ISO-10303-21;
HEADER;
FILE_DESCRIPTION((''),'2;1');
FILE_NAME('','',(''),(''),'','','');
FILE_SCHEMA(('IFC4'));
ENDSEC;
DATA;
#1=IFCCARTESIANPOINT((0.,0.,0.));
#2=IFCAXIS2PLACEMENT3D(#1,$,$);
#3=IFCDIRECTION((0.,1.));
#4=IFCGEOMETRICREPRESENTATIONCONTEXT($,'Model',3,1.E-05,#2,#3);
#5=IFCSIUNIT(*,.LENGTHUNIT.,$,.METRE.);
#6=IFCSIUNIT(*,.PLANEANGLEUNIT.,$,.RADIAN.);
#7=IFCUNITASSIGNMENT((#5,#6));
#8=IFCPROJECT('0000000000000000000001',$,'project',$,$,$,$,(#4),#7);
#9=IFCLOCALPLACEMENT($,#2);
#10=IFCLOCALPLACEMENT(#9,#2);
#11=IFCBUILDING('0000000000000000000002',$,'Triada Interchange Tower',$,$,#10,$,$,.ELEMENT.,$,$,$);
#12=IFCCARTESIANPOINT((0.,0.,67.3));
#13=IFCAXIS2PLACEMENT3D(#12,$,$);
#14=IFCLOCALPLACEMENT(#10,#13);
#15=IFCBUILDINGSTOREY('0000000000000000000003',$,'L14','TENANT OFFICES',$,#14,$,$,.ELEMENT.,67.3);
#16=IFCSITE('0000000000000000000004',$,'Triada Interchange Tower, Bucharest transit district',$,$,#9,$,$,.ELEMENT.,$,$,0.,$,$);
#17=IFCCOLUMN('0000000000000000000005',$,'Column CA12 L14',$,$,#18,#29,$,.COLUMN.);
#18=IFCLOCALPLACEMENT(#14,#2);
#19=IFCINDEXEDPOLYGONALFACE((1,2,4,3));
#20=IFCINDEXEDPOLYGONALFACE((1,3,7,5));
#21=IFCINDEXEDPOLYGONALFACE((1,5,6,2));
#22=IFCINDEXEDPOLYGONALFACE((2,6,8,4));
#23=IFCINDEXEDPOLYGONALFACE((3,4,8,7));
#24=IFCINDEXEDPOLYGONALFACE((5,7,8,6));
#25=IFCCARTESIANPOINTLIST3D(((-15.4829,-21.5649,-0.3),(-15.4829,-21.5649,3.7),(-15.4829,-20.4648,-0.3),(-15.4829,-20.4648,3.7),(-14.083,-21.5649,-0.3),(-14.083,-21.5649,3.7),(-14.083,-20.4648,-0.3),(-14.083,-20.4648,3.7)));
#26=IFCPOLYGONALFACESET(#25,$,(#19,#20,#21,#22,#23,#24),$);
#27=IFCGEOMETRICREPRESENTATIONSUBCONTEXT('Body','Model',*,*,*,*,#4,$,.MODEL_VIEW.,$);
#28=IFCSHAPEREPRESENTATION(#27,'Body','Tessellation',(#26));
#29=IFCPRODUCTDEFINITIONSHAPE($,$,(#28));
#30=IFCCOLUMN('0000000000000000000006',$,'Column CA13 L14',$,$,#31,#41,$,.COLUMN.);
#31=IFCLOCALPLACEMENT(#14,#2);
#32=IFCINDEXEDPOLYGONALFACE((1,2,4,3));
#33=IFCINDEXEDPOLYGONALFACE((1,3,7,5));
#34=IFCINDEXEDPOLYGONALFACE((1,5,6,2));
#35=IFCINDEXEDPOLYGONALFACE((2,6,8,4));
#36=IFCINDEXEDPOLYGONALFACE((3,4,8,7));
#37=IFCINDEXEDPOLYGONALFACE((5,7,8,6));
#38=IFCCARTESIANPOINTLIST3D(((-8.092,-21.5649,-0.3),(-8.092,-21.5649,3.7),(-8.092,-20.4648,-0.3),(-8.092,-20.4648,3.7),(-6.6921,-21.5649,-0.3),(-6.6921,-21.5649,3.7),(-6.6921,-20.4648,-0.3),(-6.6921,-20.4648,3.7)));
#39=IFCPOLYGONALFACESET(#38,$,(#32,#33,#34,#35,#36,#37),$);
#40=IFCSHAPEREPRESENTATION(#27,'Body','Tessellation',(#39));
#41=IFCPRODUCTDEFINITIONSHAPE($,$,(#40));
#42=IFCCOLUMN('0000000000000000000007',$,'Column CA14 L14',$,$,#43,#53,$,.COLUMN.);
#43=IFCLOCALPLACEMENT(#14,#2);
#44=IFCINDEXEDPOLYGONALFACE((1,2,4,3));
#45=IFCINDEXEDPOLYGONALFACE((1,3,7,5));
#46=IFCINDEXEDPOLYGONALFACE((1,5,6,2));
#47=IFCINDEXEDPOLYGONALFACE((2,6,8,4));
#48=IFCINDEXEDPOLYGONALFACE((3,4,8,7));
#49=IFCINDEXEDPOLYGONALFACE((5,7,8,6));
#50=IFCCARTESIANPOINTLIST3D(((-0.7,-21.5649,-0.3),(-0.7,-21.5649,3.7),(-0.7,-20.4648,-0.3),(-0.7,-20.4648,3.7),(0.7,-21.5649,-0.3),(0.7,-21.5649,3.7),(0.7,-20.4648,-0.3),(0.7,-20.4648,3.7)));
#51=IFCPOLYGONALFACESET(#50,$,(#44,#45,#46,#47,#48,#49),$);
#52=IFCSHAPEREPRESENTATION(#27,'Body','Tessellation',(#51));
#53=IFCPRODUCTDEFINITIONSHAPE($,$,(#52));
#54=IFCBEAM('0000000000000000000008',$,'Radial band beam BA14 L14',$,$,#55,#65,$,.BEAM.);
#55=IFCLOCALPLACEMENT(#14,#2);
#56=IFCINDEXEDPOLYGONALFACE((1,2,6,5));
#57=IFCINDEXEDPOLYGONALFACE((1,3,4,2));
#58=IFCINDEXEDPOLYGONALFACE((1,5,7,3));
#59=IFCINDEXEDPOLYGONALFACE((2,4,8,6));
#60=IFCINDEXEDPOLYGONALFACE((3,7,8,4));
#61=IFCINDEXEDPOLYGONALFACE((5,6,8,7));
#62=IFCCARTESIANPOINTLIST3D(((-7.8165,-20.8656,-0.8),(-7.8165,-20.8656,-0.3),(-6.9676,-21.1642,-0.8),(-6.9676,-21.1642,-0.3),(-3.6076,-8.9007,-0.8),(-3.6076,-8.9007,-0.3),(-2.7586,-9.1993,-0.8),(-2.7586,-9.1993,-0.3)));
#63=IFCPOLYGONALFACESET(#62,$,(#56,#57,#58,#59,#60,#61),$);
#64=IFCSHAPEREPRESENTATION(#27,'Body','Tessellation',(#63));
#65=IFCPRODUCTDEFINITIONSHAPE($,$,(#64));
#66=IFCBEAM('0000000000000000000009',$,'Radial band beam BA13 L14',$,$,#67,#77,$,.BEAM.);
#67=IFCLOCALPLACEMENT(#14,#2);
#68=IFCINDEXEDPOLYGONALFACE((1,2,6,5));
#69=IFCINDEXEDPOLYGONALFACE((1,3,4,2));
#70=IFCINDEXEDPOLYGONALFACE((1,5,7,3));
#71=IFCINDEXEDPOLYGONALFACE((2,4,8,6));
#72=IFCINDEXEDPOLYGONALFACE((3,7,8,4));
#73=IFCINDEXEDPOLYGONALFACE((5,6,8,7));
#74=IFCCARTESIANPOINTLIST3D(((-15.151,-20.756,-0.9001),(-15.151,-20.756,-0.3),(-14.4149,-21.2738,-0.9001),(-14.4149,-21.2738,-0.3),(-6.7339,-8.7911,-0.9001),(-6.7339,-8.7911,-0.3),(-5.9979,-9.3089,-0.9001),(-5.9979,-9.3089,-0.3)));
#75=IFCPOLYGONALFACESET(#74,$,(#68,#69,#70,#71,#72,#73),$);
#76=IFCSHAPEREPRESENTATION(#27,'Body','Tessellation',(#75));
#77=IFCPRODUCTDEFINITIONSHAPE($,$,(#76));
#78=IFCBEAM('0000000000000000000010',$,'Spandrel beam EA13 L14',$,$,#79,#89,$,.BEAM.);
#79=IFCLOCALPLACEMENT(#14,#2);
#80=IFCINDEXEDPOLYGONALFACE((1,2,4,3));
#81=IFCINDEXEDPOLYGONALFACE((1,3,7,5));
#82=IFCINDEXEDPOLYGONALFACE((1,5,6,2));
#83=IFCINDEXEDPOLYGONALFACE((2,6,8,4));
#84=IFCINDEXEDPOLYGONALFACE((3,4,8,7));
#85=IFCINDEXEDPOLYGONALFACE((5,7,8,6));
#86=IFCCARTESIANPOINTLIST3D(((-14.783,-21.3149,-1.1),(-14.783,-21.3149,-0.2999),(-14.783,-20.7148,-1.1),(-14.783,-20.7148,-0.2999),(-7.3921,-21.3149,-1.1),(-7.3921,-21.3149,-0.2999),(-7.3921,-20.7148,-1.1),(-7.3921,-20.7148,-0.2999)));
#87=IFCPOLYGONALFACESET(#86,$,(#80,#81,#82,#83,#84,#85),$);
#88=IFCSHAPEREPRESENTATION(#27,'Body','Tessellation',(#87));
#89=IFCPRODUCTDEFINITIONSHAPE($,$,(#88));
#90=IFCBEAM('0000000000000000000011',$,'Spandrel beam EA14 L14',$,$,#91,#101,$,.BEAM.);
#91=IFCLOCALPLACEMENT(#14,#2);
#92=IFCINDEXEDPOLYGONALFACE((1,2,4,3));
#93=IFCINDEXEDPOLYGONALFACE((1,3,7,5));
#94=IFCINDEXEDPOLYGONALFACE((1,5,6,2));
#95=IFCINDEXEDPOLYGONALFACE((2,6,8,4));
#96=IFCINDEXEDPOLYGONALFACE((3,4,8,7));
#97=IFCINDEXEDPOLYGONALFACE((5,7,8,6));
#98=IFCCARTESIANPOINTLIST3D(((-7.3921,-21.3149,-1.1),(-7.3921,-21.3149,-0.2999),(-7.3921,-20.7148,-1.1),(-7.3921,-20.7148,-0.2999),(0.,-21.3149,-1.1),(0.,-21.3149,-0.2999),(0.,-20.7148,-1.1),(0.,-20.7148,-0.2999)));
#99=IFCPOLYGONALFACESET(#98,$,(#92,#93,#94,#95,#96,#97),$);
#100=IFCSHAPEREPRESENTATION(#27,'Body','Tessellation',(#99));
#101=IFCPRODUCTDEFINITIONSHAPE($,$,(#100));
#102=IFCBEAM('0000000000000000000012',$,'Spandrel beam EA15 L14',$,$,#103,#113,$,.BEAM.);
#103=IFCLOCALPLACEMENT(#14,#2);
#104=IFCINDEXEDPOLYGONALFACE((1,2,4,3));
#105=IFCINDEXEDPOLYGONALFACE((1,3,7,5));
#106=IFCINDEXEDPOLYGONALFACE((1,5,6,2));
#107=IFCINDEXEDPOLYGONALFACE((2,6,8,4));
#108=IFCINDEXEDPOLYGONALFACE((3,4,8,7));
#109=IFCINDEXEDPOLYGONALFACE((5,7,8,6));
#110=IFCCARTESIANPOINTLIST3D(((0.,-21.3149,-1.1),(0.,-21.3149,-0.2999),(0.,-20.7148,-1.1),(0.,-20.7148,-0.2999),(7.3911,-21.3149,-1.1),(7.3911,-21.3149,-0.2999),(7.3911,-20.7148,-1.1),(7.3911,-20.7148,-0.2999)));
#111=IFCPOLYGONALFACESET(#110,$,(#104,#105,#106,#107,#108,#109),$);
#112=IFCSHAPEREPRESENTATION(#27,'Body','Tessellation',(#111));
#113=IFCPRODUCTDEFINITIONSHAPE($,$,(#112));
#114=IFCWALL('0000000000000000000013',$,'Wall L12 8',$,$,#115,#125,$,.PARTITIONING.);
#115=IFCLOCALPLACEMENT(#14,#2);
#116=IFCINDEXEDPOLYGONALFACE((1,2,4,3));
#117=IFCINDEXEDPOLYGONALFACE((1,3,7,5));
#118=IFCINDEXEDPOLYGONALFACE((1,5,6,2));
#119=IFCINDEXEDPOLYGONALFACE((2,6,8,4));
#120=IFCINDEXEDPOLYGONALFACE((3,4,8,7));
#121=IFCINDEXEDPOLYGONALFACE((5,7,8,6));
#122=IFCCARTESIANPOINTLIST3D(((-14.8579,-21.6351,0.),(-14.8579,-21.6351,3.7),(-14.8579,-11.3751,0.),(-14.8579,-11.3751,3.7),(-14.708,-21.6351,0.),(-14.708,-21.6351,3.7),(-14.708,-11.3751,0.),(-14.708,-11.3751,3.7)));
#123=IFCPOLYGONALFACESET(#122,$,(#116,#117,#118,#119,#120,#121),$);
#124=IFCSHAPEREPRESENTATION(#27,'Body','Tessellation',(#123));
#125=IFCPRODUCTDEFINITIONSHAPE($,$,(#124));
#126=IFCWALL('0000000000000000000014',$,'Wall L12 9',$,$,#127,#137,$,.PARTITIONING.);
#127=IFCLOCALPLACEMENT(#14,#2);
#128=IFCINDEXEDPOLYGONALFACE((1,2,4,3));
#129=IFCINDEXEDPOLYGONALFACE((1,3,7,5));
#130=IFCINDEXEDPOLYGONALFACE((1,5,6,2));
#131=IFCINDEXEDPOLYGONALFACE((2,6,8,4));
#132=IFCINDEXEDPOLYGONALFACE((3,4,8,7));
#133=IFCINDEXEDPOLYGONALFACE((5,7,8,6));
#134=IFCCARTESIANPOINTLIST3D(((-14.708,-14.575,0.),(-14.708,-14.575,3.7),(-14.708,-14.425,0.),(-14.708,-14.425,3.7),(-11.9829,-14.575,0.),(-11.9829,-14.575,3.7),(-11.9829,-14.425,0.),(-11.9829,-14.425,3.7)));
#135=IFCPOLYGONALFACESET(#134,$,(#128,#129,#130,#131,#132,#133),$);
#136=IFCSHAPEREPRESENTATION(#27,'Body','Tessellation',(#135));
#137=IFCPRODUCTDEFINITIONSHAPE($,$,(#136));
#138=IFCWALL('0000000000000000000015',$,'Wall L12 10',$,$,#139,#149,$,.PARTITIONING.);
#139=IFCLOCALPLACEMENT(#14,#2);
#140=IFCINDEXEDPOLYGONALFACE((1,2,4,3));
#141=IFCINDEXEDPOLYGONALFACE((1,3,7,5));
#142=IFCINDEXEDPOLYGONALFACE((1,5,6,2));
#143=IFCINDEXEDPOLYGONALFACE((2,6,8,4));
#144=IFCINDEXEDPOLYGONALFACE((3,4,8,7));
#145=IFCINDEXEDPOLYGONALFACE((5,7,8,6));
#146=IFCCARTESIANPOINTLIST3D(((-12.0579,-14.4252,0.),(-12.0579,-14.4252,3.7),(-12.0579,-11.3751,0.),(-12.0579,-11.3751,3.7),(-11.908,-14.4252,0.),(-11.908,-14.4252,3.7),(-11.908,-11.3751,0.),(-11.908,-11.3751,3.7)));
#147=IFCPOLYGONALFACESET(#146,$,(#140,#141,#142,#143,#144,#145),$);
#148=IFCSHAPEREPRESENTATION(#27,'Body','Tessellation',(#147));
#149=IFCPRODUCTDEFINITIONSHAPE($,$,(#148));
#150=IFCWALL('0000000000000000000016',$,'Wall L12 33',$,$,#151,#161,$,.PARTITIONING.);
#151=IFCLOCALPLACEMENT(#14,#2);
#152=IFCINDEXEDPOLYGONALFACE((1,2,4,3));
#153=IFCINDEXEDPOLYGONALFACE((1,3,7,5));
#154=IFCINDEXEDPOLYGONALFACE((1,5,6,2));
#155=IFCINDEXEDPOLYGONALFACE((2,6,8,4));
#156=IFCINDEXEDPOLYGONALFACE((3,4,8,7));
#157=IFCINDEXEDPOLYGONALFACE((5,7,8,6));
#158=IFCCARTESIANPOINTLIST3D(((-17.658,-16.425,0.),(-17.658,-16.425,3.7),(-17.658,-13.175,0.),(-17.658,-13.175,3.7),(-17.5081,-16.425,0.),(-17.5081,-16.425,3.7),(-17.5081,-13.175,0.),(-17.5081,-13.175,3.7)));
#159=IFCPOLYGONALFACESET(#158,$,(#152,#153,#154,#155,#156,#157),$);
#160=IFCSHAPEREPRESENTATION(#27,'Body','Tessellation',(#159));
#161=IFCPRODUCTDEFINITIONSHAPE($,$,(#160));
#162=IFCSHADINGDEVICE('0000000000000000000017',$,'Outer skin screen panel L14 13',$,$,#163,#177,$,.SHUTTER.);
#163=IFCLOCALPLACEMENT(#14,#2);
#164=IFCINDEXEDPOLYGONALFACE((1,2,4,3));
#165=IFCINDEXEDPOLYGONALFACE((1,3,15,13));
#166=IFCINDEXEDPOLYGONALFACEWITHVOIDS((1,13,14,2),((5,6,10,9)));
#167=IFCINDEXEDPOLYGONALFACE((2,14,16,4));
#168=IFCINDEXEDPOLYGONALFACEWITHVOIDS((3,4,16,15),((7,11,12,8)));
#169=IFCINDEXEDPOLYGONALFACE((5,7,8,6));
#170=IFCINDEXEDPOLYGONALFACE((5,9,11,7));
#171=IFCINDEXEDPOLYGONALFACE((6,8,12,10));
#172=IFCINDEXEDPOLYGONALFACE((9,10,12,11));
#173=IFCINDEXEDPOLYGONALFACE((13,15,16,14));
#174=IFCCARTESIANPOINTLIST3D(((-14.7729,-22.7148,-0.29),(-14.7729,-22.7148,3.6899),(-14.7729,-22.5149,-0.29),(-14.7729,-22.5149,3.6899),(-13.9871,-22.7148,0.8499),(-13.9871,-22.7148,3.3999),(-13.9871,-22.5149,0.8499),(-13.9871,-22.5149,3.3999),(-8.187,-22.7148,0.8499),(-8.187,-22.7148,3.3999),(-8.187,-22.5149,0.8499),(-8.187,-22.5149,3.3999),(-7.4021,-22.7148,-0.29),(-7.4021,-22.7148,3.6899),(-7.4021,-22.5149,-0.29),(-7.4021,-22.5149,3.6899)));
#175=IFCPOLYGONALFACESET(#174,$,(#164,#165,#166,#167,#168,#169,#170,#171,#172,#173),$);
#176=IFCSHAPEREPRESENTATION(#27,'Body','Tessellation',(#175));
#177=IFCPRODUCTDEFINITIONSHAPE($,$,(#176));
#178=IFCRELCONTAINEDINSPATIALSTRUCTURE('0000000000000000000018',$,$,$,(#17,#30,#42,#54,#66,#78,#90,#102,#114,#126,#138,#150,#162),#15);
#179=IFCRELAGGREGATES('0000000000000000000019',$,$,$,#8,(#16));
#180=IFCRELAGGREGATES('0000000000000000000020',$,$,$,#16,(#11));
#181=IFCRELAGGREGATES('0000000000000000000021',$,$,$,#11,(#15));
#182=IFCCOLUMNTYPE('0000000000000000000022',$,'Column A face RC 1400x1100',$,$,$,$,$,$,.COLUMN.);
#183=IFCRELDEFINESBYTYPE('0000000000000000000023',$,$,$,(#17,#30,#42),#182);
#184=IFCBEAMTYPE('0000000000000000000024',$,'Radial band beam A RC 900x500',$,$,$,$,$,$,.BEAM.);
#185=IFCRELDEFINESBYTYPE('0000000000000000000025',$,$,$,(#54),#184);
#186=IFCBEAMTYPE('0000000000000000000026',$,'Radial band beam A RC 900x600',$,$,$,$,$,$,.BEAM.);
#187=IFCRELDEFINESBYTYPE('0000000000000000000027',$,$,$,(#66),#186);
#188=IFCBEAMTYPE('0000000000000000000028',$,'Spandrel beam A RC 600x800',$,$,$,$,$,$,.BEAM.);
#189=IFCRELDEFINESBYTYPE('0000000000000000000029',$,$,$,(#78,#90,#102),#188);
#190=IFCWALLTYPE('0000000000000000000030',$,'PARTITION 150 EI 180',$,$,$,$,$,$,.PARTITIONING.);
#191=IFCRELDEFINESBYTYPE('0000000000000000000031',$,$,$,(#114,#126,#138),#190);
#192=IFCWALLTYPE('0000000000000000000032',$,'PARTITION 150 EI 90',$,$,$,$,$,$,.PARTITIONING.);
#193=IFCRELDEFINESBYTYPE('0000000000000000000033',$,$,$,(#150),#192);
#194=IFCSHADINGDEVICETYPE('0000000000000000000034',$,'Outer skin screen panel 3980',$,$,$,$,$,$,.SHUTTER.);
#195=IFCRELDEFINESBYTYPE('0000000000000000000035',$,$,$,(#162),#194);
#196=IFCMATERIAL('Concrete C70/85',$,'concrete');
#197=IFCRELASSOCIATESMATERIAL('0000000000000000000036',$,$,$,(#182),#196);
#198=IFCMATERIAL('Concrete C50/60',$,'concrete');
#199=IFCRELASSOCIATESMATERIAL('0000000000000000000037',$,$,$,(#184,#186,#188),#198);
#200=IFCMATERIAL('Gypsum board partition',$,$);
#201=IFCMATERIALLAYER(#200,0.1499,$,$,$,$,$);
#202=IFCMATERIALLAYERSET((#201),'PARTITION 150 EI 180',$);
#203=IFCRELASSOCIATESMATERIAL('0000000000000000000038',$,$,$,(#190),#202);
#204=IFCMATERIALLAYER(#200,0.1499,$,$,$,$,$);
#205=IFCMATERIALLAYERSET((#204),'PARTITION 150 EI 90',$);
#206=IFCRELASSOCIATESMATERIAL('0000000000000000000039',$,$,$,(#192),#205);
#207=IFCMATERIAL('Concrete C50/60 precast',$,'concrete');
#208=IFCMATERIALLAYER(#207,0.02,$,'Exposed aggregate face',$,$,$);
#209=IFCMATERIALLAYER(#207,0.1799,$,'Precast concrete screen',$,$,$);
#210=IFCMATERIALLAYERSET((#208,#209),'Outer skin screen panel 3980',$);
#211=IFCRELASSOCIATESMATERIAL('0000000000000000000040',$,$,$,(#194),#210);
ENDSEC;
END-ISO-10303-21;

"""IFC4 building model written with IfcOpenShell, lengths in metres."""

from ifc_helpers import new_model, si_unit, direction, frame, frame_2d, origin, origin_2d, place, context, subcontext, project, spatial, polyline, rectangle, outline, extrude, material, layer, layer_set, material_profile, profile_set, type_object, element, save


model = new_model("IFC4")

# Units and contexts
model_context = context("Model", 3, precision=1e-05, world=origin(), true_north=direction((0.0, 1.0)))
body_context = subcontext(model_context, "Body", "Model", "MODEL_VIEW")
ifc_project = project(units=[si_unit("LENGTHUNIT", "METRE"), si_unit("PLANEANGLEUNIT", "RADIAN")], contexts=[model_context])

# Site, building, storey
site_placement = place(None, origin())
site = spatial("IfcSite", under=ifc_project, at=site_placement, Name="Triada Interchange Tower, Bucharest transit district", CompositionType="ELEMENT", RefElevation=0.0)
building_placement = place(site_placement, origin())
building = spatial("IfcBuilding", under=site, at=building_placement, Name="Triada Interchange Tower", CompositionType="ELEMENT")
storey_placement = place(building_placement, frame((0.0, 0.0, 67.3)))
storey = spatial("IfcBuildingStorey", under=building, at=storey_placement, Name="L14", Description="TENANT OFFICES", CompositionType="ELEMENT", Elevation=67.3)

# Columns
ifc_material_1 = material(Name="Concrete C70/85", Category="concrete")
ifc_material_profile_1 = material_profile(ifc_material_1, rectangle(XDim=1.3999, YDim=1.1001, at=origin_2d()), Name="RC 1400x1100")
ifc_profile_set_1 = profile_set([ifc_material_profile_1], Name="Concrete C70/85")
column_type = type_object("IfcColumnType", Name="Column A face RC 1400x1100", PredefinedType="COLUMN", material=ifc_profile_set_1)
for number, where, z_axis, x_axis, name in (
    (1, (-14.783, -21.0149, -0.3), (0.0, 0.0, 1.0), (1.0, 0.0, 0.0), "Column CA12 L14"),
    (2, (-7.3921, -21.0149, -0.3), (0.0, 0.0, 1.0), (1.0, 0.0, 0.0), "Column CA13 L14"),
    (3, (0.0, -21.0149, -0.3), (0.0, 0.0, 1.0), (1.0, 0.0, 0.0), "Column CA14 L14"),
):
    element("IfcColumn", number, at=place(storey_placement, frame(where, z_axis=z_axis, x_axis=x_axis)), inside=storey, type_object=column_type, Name=name, PredefinedType="COLUMN", context=body_context, shape_type="SweptSolid", body=[
        extrude(rectangle(XDim=1.3999, YDim=1.1001, at=origin_2d()), origin(), (0.0, 0.0, 1.0), 4.0),
    ])

# Beams
ifc_material_2 = material(Name="Concrete C50/60", Category="concrete")
ifc_material_profile_2 = material_profile(ifc_material_2, rectangle(XDim=0.8999, YDim=0.5, at=origin_2d()), Name="RC 900x500")
ifc_profile_set_2 = profile_set([ifc_material_profile_2], Name="Concrete C50/60")
beam_type_1 = type_object("IfcBeamType", Name="Radial band beam A RC 900x500", PredefinedType="BEAM", material=ifc_profile_set_2)
beam_1_placement = place(storey_placement, frame((-7.3921, -21.0149, -0.55), z_axis=(0.331845, 0.943334, 0.0), x_axis=(-0.943334, 0.331845, 0.0)))
element("IfcBeam", 4, at=beam_1_placement, inside=storey, type_object=beam_type_1, Name="Radial band beam BA14 L14", PredefinedType="BEAM", context=body_context, shape_type="SweptSolid", body=[
    extrude(rectangle(XDim=0.8999, YDim=0.5, at=origin_2d()), origin(), (0.0, 0.0, 1.0), 12.6836),
])
ifc_material_profile_3 = material_profile(ifc_material_2, rectangle(XDim=0.8999, YDim=0.6001, at=origin_2d()), Name="RC 900x600")
ifc_profile_set_3 = profile_set([ifc_material_profile_3], Name="Concrete C50/60")
beam_type_2 = type_object("IfcBeamType", Name="Radial band beam A RC 900x600", PredefinedType="BEAM", material=ifc_profile_set_3)
beam_2_placement = place(storey_placement, frame((-14.783, -21.0149, -0.6001), z_axis=(0.575369, 0.817894, 0.0), x_axis=(-0.817894, 0.575369, 0.0)))
element("IfcBeam", 5, at=beam_2_placement, inside=storey, type_object=beam_type_2, Name="Radial band beam BA13 L14", PredefinedType="BEAM", context=body_context, shape_type="SweptSolid", body=[
    extrude(rectangle(XDim=0.8999, YDim=0.6001, at=origin_2d()), origin(), (0.0, 0.0, 1.0), 14.6289),
])
ifc_material_profile_4 = material_profile(ifc_material_2, rectangle(XDim=0.6001, YDim=0.8, at=origin_2d()), Name="RC 600x800")
ifc_profile_set_4 = profile_set([ifc_material_profile_4], Name="Concrete C50/60")
beam_type_3 = type_object("IfcBeamType", Name="Spandrel beam A RC 600x800", PredefinedType="BEAM", material=ifc_profile_set_4)
beam_3_placement = place(storey_placement, frame((-14.783, -21.0149, -0.7), z_axis=(1.0, 0.0, 0.0), x_axis=(0.0, 1.0, 0.0)))
element("IfcBeam", 6, at=beam_3_placement, inside=storey, type_object=beam_type_3, Name="Spandrel beam EA13 L14", PredefinedType="BEAM", context=body_context, shape_type="SweptSolid", body=[
    extrude(rectangle(XDim=0.6001, YDim=0.8, at=origin_2d()), origin(), (0.0, 0.0, 1.0), 7.3909),
])
beam_4_placement = place(storey_placement, frame((-7.3921, -21.0149, -0.7), z_axis=(1.0, 0.0, 0.0), x_axis=(0.0, 1.0, 0.0)))
element("IfcBeam", 7, at=beam_4_placement, inside=storey, type_object=beam_type_3, Name="Spandrel beam EA14 L14", PredefinedType="BEAM", context=body_context, shape_type="SweptSolid", body=[
    extrude(rectangle(XDim=0.6001, YDim=0.8, at=origin_2d()), origin(), (0.0, 0.0, 1.0), 7.3921),
])
beam_5_placement = place(storey_placement, frame((0.0, -21.0149, -0.7), z_axis=(1.0, 0.0, 0.0), x_axis=(0.0, 1.0, 0.0)))
element("IfcBeam", 8, at=beam_5_placement, inside=storey, type_object=beam_type_3, Name="Spandrel beam EA15 L14", PredefinedType="BEAM", context=body_context, shape_type="SweptSolid", body=[
    extrude(rectangle(XDim=0.6001, YDim=0.8, at=origin_2d()), origin(), (0.0, 0.0, 1.0), 7.3911),
])

# Walls
ifc_material_3 = material(Name="Gypsum board partition")
ifc_layer_1 = layer(ifc_material_3, 0.1499)
ifc_layer_set_1 = layer_set([ifc_layer_1], Name="PARTITION 150 EI 180")
wall_type_1 = type_object("IfcWallType", Name="PARTITION 150 EI 180", PredefinedType="PARTITIONING", material=ifc_layer_set_1)
wall_1_placement = place(storey_placement, frame((-14.783, -21.635, 0.0), z_axis=(0.0, 0.0, 1.0), x_axis=(0.0, 1.0, 0.0)))
element("IfcWall", 9, at=wall_1_placement, inside=storey, type_object=wall_type_1, Name="Wall L12 8", PredefinedType="PARTITIONING", context=body_context, shape_type="SweptSolid", body=[
    extrude(rectangle(XDim=10.26, YDim=0.1499, at=frame_2d((5.1299, 0.0))), origin(), (0.0, 0.0, 1.0), 3.7),
])
wall_2_placement = place(storey_placement, frame((-14.708, -14.5, 0.0), z_axis=(0.0, 0.0, 1.0), x_axis=(1.0, 0.0, 0.0)))
element("IfcWall", 10, at=wall_2_placement, inside=storey, type_object=wall_type_1, Name="Wall L12 9", PredefinedType="PARTITIONING", context=body_context, shape_type="SweptSolid", body=[
    extrude(rectangle(XDim=2.7251, YDim=0.1499, at=frame_2d((1.3625, 0.0))), origin(), (0.0, 0.0, 1.0), 3.7),
])
wall_3_placement = place(storey_placement, frame((-11.9829, -14.425, 0.0), z_axis=(0.0, 0.0, 1.0), x_axis=(0.0, 1.0, 0.0)))
element("IfcWall", 11, at=wall_3_placement, inside=storey, type_object=wall_type_1, Name="Wall L12 10", PredefinedType="PARTITIONING", context=body_context, shape_type="SweptSolid", body=[
    extrude(rectangle(XDim=3.05, YDim=0.1499, at=frame_2d((1.5249, 0.0))), origin(), (0.0, 0.0, 1.0), 3.7),
])
ifc_layer_2 = layer(ifc_material_3, 0.1499)
ifc_layer_set_2 = layer_set([ifc_layer_2], Name="PARTITION 150 EI 90")
wall_type_2 = type_object("IfcWallType", Name="PARTITION 150 EI 90", PredefinedType="PARTITIONING", material=ifc_layer_set_2)
wall_4_placement = place(storey_placement, frame((-17.583, -16.425, 0.0), z_axis=(0.0, 0.0, 1.0), x_axis=(0.0, 1.0, 0.0)))
element("IfcWall", 12, at=wall_4_placement, inside=storey, type_object=wall_type_2, Name="Wall L12 33", PredefinedType="PARTITIONING", context=body_context, shape_type="SweptSolid", body=[
    extrude(rectangle(XDim=3.25, YDim=0.1499, at=frame_2d((1.625, 0.0))), origin(), (0.0, 0.0, 1.0), 3.7),
])

# Shading device
ifc_material_4 = material(Name="Concrete C50/60 precast", Category="concrete")
ifc_layer_3 = layer(ifc_material_4, 0.02, Name="Exposed aggregate face")
ifc_layer_4 = layer(ifc_material_4, 0.1799, Name="Precast concrete screen")
ifc_layer_set_3 = layer_set([ifc_layer_3, ifc_layer_4], Name="Outer skin screen panel 3980")
shading_device_type = type_object("IfcShadingDeviceType", Name="Outer skin screen panel 3980", PredefinedType="SHUTTER", material=ifc_layer_set_3)
shading_device_1_placement = place(storey_placement, frame((-14.7729, -22.5149, -0.29), z_axis=(0.0, 0.0, 1.0), x_axis=(1.0, 0.0, 0.0)))
element("IfcShadingDevice", 13, at=shading_device_1_placement, inside=storey, type_object=shading_device_type, Name="Outer skin screen panel L14 13", PredefinedType="SHUTTER", context=body_context, shape_type="SweptSolid", body=[
    extrude(outline(polyline([(0.0, 0.0), (7.3708, 0.0), (7.3708, 3.98), (0.0, 3.98), (0.0, 0.0)]), holes=[polyline([(0.7859, 1.1399), (0.7859, 3.6899), (6.5859, 3.6899), (6.5859, 1.1399), (0.7859, 1.1399)])]), frame((0.0, 0.0, 0.0), z_axis=(0.0, -1.0, 0.0), x_axis=(1.0, 0.0, 0.0)), (0.0, 0.0, 1.0), 0.2),
])

save(model, "model.ifc")
